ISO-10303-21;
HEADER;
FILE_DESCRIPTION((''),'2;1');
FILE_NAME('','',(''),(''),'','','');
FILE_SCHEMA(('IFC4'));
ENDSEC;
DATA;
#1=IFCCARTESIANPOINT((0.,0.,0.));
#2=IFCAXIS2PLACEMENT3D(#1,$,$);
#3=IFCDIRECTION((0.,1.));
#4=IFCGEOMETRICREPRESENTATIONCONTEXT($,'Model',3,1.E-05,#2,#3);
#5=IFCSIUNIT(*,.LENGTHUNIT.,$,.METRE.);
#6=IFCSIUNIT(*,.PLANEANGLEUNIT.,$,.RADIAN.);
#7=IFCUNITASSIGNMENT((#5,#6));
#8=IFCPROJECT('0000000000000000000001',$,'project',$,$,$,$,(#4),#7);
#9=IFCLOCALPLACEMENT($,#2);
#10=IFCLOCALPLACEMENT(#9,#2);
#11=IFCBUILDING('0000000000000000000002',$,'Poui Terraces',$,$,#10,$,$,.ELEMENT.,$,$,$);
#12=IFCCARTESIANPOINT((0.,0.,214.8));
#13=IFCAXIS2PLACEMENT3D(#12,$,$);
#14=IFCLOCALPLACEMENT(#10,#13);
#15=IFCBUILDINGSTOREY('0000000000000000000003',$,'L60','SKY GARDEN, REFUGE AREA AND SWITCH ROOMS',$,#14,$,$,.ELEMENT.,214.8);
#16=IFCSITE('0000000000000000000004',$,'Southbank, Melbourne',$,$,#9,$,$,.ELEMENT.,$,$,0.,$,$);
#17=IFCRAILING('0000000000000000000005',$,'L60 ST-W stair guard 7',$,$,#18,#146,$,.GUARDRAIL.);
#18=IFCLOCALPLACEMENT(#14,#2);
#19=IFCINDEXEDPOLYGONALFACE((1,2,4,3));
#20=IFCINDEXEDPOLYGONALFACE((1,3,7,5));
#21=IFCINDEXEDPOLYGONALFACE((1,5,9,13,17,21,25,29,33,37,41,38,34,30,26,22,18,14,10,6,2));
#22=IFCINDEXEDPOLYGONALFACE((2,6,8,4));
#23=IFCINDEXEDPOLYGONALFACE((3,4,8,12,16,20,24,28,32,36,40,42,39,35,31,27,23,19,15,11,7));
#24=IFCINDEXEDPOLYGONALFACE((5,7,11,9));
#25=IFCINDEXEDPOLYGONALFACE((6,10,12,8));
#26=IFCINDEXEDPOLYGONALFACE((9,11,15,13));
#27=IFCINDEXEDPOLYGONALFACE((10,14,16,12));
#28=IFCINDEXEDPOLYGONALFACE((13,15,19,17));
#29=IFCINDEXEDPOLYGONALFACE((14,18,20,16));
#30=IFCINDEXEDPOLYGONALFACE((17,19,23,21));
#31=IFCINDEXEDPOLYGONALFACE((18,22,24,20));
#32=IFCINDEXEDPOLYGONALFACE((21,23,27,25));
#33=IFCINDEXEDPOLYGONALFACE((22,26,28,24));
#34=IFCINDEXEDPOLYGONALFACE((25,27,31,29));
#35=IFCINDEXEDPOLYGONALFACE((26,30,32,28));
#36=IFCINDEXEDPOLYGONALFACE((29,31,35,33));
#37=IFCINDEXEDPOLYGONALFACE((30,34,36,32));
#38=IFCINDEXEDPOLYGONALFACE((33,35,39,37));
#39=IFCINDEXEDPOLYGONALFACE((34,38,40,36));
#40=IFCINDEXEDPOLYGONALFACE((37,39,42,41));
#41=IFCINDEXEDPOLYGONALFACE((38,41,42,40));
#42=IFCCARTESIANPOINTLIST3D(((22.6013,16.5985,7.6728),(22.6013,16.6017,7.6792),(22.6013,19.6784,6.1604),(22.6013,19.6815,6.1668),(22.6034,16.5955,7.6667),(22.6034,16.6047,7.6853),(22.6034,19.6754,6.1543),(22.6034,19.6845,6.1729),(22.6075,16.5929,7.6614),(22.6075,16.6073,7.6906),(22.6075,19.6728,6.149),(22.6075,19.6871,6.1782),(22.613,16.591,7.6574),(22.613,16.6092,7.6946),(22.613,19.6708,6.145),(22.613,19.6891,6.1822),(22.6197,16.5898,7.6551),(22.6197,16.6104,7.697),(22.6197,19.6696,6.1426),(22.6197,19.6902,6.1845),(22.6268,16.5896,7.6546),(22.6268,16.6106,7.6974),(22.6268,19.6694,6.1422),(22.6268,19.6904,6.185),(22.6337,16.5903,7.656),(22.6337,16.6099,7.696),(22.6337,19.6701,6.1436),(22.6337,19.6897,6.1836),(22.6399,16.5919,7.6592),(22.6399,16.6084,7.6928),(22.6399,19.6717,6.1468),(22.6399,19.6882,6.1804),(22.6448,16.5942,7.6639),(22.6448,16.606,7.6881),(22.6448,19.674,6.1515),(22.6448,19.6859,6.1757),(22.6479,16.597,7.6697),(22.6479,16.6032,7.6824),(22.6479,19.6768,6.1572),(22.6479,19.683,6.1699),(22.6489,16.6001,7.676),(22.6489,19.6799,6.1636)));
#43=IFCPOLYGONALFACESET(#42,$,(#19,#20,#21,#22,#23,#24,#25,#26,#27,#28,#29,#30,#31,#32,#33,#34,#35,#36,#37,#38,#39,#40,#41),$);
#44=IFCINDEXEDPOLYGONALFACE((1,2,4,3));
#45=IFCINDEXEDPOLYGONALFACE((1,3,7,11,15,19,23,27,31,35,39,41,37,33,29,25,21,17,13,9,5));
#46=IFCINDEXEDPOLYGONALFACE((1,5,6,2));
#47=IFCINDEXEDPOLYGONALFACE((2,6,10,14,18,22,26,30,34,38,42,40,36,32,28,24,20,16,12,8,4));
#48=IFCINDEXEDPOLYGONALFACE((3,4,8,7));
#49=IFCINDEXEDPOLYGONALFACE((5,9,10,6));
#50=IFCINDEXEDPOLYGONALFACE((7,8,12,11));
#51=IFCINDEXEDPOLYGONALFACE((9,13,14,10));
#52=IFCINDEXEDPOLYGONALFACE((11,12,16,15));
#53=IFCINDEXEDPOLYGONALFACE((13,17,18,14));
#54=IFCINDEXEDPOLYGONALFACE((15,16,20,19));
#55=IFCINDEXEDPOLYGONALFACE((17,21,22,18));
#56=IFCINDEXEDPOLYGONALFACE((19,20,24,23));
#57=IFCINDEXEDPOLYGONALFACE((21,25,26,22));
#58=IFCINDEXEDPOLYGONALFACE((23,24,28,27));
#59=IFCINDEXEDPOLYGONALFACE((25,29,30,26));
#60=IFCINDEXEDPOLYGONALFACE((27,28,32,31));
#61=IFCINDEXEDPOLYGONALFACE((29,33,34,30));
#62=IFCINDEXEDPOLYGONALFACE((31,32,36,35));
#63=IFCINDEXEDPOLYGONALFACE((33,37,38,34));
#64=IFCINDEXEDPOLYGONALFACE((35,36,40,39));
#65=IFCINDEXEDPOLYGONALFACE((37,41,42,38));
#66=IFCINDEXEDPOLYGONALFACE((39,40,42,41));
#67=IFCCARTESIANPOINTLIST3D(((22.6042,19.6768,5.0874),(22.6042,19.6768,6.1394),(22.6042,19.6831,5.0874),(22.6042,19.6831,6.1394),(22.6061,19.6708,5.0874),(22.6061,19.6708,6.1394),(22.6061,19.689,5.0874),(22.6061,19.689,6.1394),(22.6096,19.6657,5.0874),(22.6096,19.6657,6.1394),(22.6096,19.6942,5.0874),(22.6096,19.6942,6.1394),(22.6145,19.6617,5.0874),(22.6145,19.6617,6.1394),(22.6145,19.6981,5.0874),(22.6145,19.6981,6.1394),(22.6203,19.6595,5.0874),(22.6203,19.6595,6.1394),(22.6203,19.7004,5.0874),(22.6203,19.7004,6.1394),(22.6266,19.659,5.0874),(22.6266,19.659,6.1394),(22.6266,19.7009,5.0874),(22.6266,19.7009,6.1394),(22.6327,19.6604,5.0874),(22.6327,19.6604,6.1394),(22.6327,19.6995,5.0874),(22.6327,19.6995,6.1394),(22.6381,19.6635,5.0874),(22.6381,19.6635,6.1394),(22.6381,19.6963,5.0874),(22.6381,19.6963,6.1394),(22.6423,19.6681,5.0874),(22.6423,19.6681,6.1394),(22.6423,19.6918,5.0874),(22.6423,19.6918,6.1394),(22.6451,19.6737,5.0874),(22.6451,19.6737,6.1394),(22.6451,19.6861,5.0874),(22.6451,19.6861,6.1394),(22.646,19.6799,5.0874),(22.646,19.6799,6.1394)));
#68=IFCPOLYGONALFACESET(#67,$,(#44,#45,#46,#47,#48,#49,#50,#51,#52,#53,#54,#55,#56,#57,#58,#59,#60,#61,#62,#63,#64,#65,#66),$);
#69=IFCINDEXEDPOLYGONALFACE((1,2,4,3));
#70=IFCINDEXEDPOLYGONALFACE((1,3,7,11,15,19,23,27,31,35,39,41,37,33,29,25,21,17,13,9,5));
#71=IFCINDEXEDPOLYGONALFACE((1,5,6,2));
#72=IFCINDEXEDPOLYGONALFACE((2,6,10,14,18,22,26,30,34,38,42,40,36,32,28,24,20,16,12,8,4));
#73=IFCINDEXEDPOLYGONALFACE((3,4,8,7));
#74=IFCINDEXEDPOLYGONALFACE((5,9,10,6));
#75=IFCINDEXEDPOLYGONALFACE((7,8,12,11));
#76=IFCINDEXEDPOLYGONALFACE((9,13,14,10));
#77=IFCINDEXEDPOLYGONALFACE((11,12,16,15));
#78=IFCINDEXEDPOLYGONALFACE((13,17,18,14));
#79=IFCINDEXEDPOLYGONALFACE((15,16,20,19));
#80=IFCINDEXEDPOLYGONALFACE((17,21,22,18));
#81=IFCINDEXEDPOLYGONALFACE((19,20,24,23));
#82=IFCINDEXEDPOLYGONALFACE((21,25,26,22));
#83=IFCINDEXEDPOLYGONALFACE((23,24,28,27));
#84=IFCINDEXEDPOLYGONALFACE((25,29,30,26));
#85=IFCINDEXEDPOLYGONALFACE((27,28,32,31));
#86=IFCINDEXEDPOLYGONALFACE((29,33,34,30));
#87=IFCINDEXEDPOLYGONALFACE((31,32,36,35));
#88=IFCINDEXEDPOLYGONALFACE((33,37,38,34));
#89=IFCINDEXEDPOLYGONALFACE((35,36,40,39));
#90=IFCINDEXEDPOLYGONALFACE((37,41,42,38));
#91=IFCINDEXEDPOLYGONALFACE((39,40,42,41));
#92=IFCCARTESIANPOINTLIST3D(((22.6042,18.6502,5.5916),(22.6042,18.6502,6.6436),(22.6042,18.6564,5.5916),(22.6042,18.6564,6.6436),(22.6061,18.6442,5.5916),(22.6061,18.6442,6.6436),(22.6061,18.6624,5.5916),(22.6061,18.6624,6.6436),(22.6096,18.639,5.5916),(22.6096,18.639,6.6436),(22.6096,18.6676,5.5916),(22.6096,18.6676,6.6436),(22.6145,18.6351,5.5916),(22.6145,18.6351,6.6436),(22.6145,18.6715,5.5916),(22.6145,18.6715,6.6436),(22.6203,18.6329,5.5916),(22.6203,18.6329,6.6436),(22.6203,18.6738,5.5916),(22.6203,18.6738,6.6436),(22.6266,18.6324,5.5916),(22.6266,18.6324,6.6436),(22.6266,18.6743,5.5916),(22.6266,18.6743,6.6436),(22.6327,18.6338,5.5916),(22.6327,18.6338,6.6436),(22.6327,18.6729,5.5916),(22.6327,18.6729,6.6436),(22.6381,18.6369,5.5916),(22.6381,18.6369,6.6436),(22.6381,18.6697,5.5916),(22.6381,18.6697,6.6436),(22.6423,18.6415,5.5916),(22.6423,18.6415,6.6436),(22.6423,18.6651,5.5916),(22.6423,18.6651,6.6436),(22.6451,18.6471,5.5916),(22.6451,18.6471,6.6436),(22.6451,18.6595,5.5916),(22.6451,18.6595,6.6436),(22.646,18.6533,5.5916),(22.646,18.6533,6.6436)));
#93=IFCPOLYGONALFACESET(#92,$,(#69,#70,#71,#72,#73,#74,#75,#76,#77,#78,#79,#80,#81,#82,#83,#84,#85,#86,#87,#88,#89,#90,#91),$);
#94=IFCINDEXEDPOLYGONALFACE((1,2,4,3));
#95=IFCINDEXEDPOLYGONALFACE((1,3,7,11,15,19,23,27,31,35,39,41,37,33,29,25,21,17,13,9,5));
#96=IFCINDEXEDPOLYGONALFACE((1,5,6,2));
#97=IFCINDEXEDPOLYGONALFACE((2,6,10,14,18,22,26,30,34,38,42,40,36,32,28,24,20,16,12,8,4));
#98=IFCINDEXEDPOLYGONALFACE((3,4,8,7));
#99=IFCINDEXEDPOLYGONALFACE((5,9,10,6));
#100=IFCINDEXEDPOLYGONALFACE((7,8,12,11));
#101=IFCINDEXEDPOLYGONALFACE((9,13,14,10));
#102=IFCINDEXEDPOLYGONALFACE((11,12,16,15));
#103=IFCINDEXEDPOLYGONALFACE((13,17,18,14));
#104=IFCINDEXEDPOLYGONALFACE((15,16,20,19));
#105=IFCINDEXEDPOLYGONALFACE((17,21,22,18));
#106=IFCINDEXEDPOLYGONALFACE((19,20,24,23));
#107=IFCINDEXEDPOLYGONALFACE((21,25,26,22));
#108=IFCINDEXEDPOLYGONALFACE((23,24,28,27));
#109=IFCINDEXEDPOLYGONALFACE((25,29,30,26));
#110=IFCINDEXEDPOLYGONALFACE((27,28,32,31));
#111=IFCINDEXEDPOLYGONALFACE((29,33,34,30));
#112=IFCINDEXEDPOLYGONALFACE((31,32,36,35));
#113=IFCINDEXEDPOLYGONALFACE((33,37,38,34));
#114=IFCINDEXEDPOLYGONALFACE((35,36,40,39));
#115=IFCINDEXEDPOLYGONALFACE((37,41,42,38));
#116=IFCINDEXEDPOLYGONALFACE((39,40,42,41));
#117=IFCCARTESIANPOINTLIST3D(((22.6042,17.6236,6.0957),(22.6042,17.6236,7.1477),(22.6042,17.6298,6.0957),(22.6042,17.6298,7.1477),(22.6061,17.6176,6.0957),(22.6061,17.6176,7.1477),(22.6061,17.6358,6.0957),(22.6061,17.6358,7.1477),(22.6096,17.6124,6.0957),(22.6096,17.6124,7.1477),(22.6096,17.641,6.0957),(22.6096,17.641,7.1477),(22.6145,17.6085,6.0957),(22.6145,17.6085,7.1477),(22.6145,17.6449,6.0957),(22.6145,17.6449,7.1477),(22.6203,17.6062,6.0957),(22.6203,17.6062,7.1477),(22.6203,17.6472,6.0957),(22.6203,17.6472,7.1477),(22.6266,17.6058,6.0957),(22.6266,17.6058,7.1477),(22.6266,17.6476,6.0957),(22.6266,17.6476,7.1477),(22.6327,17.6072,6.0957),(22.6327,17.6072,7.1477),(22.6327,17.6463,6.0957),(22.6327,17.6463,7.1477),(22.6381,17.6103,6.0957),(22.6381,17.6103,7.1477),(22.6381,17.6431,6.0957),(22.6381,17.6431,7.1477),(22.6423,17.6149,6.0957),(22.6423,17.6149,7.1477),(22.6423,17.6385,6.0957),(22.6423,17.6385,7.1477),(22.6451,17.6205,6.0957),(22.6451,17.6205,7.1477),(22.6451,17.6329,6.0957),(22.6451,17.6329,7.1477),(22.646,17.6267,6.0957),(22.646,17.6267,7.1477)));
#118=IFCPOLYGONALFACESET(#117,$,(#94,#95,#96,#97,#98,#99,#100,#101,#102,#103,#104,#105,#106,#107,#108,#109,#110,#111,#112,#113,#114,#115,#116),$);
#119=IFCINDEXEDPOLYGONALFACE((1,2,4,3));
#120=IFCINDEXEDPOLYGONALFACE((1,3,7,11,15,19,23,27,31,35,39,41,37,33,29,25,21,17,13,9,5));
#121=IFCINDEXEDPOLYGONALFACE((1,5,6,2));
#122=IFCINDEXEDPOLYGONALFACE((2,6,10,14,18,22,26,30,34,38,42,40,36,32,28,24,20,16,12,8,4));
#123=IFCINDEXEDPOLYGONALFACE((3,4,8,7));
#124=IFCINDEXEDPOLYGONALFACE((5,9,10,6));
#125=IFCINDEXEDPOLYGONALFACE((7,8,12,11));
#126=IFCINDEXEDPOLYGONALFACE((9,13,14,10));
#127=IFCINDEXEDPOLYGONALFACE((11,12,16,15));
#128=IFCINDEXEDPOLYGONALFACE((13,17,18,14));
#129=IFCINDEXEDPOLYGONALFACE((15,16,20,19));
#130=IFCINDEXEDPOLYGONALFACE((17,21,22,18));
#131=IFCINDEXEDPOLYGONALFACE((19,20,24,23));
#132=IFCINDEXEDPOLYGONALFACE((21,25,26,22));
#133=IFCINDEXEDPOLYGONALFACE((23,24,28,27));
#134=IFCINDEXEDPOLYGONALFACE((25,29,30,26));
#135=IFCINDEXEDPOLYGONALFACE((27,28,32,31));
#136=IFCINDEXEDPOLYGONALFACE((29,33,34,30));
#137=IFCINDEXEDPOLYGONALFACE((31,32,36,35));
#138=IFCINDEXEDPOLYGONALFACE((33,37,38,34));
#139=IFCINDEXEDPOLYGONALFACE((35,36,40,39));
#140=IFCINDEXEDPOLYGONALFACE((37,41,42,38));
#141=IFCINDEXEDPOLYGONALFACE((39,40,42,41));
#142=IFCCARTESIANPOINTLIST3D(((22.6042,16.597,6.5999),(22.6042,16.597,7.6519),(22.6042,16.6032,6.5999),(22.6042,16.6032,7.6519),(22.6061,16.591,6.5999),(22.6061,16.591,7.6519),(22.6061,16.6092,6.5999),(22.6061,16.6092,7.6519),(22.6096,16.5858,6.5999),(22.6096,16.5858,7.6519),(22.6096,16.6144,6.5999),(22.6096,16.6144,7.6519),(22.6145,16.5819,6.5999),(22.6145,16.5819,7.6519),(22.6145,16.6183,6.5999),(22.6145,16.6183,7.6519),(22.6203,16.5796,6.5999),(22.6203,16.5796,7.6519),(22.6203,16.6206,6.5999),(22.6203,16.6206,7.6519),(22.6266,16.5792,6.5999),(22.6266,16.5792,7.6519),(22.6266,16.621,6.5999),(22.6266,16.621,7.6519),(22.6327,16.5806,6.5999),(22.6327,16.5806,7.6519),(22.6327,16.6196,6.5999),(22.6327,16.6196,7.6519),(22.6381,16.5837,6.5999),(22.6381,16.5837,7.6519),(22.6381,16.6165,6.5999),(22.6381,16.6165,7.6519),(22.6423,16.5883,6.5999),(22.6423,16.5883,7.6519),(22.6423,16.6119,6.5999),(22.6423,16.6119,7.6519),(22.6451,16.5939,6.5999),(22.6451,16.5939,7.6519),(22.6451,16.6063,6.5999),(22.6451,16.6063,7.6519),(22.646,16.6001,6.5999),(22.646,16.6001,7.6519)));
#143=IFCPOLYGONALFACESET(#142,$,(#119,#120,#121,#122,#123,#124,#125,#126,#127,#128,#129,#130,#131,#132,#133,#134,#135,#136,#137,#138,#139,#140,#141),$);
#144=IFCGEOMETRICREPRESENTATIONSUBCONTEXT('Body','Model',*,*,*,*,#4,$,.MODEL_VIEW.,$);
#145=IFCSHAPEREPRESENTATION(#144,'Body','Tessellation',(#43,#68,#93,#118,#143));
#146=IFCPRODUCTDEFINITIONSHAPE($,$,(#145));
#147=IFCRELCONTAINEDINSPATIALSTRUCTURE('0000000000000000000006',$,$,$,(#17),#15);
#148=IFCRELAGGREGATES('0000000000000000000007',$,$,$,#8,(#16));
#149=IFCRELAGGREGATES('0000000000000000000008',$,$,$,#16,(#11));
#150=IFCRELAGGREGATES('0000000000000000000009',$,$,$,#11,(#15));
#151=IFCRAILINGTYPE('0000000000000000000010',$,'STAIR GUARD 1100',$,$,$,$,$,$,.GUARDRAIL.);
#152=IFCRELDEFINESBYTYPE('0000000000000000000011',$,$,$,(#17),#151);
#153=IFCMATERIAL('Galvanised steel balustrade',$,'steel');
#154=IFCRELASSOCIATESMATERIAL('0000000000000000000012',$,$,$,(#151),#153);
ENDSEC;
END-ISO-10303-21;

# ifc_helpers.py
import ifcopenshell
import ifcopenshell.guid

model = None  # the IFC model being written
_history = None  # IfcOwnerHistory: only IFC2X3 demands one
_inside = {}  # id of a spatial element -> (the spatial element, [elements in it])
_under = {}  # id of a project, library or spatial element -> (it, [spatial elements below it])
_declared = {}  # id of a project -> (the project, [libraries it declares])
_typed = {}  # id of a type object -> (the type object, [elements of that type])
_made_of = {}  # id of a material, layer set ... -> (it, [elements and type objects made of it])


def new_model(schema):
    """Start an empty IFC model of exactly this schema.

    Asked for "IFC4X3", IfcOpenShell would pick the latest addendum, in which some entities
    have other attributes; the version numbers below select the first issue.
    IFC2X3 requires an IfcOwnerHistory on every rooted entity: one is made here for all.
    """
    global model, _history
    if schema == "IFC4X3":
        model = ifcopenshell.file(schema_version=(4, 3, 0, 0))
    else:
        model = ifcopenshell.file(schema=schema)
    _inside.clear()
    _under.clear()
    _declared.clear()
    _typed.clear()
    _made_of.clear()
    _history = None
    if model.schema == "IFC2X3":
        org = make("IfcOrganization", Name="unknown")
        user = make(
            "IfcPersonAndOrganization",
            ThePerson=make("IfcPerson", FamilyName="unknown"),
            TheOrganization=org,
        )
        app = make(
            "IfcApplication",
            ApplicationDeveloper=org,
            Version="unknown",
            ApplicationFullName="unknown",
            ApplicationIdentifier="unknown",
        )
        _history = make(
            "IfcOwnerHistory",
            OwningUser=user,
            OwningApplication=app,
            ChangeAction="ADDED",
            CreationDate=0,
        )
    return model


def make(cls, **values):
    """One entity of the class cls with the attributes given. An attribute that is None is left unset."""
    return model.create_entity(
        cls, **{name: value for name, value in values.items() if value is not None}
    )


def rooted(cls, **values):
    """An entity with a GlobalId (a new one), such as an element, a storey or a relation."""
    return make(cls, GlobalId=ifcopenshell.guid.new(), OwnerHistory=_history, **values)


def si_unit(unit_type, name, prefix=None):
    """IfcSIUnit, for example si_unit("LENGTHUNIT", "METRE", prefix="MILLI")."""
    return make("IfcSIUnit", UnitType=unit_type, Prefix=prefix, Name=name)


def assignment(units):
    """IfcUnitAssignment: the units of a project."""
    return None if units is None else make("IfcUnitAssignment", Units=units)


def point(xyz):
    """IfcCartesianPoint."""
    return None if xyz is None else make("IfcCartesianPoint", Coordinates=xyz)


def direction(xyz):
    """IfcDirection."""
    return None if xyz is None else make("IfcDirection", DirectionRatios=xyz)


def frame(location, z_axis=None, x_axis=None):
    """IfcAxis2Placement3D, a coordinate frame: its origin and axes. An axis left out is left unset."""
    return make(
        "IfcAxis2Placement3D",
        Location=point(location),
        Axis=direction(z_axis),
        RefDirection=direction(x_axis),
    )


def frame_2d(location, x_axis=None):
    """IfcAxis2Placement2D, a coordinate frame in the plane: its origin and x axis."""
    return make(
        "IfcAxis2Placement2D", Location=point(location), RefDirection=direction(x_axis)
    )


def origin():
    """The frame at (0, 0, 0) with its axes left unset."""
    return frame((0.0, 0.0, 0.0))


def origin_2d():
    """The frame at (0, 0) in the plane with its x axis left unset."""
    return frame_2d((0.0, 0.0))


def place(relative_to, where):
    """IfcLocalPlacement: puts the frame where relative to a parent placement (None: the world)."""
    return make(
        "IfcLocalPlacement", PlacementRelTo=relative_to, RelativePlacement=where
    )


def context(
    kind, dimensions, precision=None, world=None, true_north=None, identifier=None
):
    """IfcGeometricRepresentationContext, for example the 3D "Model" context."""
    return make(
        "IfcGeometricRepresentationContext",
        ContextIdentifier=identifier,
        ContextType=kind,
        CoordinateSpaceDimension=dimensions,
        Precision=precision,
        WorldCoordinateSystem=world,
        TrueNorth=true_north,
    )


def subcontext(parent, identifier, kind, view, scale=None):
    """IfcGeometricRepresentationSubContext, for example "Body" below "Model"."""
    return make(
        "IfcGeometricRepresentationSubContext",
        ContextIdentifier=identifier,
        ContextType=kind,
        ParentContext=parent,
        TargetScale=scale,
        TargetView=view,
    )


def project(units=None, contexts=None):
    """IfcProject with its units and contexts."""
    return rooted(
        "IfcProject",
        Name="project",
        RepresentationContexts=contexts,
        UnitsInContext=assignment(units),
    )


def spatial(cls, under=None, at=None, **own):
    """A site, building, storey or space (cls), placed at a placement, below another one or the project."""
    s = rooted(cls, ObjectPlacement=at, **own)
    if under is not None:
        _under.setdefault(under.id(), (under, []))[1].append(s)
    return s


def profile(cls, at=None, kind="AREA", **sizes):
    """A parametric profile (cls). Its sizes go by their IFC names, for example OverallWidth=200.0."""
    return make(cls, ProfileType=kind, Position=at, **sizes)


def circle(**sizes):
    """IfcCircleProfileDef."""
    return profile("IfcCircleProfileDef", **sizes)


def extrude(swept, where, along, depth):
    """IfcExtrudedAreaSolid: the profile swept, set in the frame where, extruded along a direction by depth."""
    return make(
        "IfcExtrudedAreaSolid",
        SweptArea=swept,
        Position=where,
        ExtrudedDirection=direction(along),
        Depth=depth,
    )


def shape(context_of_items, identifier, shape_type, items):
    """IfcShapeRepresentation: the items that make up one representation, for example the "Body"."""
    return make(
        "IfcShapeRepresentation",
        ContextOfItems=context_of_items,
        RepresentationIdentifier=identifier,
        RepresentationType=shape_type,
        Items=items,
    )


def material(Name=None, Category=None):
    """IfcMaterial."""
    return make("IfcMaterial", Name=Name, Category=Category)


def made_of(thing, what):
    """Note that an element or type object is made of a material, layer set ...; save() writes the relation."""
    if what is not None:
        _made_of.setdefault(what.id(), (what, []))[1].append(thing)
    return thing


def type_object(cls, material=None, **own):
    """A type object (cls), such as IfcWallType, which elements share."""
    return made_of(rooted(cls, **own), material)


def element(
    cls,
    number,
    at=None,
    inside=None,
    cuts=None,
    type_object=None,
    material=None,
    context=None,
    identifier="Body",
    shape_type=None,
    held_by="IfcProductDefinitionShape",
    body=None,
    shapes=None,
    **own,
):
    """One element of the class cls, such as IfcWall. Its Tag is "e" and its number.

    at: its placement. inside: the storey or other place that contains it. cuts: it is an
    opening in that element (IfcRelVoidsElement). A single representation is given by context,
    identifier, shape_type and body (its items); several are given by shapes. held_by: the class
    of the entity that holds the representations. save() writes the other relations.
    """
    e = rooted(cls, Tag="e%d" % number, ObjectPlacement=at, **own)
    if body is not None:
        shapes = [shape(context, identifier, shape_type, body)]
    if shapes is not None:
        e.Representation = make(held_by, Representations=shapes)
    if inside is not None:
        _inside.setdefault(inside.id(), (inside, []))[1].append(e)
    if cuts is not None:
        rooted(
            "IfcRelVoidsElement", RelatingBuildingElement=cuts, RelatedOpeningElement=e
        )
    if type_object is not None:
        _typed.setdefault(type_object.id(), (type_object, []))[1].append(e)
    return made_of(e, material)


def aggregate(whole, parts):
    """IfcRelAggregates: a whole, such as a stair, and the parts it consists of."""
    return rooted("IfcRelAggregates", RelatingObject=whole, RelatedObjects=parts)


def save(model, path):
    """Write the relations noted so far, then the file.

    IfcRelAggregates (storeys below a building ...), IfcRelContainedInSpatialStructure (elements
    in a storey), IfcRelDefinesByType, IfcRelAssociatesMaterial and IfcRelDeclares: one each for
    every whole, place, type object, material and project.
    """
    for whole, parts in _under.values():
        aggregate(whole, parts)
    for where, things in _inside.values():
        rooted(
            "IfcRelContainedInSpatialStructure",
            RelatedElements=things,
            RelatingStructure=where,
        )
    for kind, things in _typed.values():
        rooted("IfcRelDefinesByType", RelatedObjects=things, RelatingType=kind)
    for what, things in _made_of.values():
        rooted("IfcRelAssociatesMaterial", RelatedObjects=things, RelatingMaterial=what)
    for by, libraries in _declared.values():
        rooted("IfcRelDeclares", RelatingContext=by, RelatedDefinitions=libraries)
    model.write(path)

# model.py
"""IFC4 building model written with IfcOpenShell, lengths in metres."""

from ifc_helpers import new_model, si_unit, direction, frame, origin, origin_2d, place, context, subcontext, project, spatial, circle, extrude, material, type_object, element, save


model = new_model("IFC4")

# Units and contexts
model_context = context("Model", 3, precision=1e-05, world=origin(), true_north=direction((0.0, 1.0)))
body_context = subcontext(model_context, "Body", "Model", "MODEL_VIEW")
ifc_project = project(units=[si_unit("LENGTHUNIT", "METRE"), si_unit("PLANEANGLEUNIT", "RADIAN")], contexts=[model_context])

# Site, building, storey
site_placement = place(None, origin())
site = spatial("IfcSite", under=ifc_project, at=site_placement, Name="Southbank, Melbourne", CompositionType="ELEMENT", RefElevation=0.0)
building_placement = place(site_placement, origin())
building = spatial("IfcBuilding", under=site, at=building_placement, Name="Poui Terraces", CompositionType="ELEMENT")
storey_placement = place(building_placement, frame((0.0, 0.0, 214.8)))
storey = spatial("IfcBuildingStorey", under=building, at=storey_placement, Name="L60", Description="SKY GARDEN, REFUGE AREA AND SWITCH ROOMS", CompositionType="ELEMENT", Elevation=214.8)

# Railing
ifc_material_1 = material(Name="Galvanised steel balustrade", Category="steel")
railing_type_1 = type_object("IfcRailingType", Name="STAIR GUARD 1100", PredefinedType="GUARDRAIL", material=ifc_material_1)
railing_1_placement = place(storey_placement, frame((22.625, 19.6799, 5.0874)))
element("IfcRailing", 1, at=railing_1_placement, inside=storey, type_object=railing_type_1, Name="L60 ST-W stair guard 7", PredefinedType="GUARDRAIL", context=body_context, shape_type="SweptSolid", body=[
    extrude(circle(Radius=0.0239, at=origin_2d()), frame((0.0, 0.0, 1.0762), z_axis=(0.0, -0.897606, 0.440798), x_axis=(1.0, 0.0, 0.0)), (0.0, 0.0, 1.0), 3.4312),
    extrude(circle(Radius=0.021, at=origin_2d()), origin(), (0.0, 0.0, 1.0), 1.052),
    extrude(circle(Radius=0.021, at=origin_2d()), frame((0.0, -1.0266, 0.5042)), (0.0, 0.0, 1.0), 1.052),
    extrude(circle(Radius=0.021, at=origin_2d()), frame((0.0, -2.0532, 1.0083)), (0.0, 0.0, 1.0), 1.052),
    extrude(circle(Radius=0.021, at=origin_2d()), frame((0.0, -3.0798, 1.5125)), (0.0, 0.0, 1.0), 1.052),
])

save(model, "model.ifc")
